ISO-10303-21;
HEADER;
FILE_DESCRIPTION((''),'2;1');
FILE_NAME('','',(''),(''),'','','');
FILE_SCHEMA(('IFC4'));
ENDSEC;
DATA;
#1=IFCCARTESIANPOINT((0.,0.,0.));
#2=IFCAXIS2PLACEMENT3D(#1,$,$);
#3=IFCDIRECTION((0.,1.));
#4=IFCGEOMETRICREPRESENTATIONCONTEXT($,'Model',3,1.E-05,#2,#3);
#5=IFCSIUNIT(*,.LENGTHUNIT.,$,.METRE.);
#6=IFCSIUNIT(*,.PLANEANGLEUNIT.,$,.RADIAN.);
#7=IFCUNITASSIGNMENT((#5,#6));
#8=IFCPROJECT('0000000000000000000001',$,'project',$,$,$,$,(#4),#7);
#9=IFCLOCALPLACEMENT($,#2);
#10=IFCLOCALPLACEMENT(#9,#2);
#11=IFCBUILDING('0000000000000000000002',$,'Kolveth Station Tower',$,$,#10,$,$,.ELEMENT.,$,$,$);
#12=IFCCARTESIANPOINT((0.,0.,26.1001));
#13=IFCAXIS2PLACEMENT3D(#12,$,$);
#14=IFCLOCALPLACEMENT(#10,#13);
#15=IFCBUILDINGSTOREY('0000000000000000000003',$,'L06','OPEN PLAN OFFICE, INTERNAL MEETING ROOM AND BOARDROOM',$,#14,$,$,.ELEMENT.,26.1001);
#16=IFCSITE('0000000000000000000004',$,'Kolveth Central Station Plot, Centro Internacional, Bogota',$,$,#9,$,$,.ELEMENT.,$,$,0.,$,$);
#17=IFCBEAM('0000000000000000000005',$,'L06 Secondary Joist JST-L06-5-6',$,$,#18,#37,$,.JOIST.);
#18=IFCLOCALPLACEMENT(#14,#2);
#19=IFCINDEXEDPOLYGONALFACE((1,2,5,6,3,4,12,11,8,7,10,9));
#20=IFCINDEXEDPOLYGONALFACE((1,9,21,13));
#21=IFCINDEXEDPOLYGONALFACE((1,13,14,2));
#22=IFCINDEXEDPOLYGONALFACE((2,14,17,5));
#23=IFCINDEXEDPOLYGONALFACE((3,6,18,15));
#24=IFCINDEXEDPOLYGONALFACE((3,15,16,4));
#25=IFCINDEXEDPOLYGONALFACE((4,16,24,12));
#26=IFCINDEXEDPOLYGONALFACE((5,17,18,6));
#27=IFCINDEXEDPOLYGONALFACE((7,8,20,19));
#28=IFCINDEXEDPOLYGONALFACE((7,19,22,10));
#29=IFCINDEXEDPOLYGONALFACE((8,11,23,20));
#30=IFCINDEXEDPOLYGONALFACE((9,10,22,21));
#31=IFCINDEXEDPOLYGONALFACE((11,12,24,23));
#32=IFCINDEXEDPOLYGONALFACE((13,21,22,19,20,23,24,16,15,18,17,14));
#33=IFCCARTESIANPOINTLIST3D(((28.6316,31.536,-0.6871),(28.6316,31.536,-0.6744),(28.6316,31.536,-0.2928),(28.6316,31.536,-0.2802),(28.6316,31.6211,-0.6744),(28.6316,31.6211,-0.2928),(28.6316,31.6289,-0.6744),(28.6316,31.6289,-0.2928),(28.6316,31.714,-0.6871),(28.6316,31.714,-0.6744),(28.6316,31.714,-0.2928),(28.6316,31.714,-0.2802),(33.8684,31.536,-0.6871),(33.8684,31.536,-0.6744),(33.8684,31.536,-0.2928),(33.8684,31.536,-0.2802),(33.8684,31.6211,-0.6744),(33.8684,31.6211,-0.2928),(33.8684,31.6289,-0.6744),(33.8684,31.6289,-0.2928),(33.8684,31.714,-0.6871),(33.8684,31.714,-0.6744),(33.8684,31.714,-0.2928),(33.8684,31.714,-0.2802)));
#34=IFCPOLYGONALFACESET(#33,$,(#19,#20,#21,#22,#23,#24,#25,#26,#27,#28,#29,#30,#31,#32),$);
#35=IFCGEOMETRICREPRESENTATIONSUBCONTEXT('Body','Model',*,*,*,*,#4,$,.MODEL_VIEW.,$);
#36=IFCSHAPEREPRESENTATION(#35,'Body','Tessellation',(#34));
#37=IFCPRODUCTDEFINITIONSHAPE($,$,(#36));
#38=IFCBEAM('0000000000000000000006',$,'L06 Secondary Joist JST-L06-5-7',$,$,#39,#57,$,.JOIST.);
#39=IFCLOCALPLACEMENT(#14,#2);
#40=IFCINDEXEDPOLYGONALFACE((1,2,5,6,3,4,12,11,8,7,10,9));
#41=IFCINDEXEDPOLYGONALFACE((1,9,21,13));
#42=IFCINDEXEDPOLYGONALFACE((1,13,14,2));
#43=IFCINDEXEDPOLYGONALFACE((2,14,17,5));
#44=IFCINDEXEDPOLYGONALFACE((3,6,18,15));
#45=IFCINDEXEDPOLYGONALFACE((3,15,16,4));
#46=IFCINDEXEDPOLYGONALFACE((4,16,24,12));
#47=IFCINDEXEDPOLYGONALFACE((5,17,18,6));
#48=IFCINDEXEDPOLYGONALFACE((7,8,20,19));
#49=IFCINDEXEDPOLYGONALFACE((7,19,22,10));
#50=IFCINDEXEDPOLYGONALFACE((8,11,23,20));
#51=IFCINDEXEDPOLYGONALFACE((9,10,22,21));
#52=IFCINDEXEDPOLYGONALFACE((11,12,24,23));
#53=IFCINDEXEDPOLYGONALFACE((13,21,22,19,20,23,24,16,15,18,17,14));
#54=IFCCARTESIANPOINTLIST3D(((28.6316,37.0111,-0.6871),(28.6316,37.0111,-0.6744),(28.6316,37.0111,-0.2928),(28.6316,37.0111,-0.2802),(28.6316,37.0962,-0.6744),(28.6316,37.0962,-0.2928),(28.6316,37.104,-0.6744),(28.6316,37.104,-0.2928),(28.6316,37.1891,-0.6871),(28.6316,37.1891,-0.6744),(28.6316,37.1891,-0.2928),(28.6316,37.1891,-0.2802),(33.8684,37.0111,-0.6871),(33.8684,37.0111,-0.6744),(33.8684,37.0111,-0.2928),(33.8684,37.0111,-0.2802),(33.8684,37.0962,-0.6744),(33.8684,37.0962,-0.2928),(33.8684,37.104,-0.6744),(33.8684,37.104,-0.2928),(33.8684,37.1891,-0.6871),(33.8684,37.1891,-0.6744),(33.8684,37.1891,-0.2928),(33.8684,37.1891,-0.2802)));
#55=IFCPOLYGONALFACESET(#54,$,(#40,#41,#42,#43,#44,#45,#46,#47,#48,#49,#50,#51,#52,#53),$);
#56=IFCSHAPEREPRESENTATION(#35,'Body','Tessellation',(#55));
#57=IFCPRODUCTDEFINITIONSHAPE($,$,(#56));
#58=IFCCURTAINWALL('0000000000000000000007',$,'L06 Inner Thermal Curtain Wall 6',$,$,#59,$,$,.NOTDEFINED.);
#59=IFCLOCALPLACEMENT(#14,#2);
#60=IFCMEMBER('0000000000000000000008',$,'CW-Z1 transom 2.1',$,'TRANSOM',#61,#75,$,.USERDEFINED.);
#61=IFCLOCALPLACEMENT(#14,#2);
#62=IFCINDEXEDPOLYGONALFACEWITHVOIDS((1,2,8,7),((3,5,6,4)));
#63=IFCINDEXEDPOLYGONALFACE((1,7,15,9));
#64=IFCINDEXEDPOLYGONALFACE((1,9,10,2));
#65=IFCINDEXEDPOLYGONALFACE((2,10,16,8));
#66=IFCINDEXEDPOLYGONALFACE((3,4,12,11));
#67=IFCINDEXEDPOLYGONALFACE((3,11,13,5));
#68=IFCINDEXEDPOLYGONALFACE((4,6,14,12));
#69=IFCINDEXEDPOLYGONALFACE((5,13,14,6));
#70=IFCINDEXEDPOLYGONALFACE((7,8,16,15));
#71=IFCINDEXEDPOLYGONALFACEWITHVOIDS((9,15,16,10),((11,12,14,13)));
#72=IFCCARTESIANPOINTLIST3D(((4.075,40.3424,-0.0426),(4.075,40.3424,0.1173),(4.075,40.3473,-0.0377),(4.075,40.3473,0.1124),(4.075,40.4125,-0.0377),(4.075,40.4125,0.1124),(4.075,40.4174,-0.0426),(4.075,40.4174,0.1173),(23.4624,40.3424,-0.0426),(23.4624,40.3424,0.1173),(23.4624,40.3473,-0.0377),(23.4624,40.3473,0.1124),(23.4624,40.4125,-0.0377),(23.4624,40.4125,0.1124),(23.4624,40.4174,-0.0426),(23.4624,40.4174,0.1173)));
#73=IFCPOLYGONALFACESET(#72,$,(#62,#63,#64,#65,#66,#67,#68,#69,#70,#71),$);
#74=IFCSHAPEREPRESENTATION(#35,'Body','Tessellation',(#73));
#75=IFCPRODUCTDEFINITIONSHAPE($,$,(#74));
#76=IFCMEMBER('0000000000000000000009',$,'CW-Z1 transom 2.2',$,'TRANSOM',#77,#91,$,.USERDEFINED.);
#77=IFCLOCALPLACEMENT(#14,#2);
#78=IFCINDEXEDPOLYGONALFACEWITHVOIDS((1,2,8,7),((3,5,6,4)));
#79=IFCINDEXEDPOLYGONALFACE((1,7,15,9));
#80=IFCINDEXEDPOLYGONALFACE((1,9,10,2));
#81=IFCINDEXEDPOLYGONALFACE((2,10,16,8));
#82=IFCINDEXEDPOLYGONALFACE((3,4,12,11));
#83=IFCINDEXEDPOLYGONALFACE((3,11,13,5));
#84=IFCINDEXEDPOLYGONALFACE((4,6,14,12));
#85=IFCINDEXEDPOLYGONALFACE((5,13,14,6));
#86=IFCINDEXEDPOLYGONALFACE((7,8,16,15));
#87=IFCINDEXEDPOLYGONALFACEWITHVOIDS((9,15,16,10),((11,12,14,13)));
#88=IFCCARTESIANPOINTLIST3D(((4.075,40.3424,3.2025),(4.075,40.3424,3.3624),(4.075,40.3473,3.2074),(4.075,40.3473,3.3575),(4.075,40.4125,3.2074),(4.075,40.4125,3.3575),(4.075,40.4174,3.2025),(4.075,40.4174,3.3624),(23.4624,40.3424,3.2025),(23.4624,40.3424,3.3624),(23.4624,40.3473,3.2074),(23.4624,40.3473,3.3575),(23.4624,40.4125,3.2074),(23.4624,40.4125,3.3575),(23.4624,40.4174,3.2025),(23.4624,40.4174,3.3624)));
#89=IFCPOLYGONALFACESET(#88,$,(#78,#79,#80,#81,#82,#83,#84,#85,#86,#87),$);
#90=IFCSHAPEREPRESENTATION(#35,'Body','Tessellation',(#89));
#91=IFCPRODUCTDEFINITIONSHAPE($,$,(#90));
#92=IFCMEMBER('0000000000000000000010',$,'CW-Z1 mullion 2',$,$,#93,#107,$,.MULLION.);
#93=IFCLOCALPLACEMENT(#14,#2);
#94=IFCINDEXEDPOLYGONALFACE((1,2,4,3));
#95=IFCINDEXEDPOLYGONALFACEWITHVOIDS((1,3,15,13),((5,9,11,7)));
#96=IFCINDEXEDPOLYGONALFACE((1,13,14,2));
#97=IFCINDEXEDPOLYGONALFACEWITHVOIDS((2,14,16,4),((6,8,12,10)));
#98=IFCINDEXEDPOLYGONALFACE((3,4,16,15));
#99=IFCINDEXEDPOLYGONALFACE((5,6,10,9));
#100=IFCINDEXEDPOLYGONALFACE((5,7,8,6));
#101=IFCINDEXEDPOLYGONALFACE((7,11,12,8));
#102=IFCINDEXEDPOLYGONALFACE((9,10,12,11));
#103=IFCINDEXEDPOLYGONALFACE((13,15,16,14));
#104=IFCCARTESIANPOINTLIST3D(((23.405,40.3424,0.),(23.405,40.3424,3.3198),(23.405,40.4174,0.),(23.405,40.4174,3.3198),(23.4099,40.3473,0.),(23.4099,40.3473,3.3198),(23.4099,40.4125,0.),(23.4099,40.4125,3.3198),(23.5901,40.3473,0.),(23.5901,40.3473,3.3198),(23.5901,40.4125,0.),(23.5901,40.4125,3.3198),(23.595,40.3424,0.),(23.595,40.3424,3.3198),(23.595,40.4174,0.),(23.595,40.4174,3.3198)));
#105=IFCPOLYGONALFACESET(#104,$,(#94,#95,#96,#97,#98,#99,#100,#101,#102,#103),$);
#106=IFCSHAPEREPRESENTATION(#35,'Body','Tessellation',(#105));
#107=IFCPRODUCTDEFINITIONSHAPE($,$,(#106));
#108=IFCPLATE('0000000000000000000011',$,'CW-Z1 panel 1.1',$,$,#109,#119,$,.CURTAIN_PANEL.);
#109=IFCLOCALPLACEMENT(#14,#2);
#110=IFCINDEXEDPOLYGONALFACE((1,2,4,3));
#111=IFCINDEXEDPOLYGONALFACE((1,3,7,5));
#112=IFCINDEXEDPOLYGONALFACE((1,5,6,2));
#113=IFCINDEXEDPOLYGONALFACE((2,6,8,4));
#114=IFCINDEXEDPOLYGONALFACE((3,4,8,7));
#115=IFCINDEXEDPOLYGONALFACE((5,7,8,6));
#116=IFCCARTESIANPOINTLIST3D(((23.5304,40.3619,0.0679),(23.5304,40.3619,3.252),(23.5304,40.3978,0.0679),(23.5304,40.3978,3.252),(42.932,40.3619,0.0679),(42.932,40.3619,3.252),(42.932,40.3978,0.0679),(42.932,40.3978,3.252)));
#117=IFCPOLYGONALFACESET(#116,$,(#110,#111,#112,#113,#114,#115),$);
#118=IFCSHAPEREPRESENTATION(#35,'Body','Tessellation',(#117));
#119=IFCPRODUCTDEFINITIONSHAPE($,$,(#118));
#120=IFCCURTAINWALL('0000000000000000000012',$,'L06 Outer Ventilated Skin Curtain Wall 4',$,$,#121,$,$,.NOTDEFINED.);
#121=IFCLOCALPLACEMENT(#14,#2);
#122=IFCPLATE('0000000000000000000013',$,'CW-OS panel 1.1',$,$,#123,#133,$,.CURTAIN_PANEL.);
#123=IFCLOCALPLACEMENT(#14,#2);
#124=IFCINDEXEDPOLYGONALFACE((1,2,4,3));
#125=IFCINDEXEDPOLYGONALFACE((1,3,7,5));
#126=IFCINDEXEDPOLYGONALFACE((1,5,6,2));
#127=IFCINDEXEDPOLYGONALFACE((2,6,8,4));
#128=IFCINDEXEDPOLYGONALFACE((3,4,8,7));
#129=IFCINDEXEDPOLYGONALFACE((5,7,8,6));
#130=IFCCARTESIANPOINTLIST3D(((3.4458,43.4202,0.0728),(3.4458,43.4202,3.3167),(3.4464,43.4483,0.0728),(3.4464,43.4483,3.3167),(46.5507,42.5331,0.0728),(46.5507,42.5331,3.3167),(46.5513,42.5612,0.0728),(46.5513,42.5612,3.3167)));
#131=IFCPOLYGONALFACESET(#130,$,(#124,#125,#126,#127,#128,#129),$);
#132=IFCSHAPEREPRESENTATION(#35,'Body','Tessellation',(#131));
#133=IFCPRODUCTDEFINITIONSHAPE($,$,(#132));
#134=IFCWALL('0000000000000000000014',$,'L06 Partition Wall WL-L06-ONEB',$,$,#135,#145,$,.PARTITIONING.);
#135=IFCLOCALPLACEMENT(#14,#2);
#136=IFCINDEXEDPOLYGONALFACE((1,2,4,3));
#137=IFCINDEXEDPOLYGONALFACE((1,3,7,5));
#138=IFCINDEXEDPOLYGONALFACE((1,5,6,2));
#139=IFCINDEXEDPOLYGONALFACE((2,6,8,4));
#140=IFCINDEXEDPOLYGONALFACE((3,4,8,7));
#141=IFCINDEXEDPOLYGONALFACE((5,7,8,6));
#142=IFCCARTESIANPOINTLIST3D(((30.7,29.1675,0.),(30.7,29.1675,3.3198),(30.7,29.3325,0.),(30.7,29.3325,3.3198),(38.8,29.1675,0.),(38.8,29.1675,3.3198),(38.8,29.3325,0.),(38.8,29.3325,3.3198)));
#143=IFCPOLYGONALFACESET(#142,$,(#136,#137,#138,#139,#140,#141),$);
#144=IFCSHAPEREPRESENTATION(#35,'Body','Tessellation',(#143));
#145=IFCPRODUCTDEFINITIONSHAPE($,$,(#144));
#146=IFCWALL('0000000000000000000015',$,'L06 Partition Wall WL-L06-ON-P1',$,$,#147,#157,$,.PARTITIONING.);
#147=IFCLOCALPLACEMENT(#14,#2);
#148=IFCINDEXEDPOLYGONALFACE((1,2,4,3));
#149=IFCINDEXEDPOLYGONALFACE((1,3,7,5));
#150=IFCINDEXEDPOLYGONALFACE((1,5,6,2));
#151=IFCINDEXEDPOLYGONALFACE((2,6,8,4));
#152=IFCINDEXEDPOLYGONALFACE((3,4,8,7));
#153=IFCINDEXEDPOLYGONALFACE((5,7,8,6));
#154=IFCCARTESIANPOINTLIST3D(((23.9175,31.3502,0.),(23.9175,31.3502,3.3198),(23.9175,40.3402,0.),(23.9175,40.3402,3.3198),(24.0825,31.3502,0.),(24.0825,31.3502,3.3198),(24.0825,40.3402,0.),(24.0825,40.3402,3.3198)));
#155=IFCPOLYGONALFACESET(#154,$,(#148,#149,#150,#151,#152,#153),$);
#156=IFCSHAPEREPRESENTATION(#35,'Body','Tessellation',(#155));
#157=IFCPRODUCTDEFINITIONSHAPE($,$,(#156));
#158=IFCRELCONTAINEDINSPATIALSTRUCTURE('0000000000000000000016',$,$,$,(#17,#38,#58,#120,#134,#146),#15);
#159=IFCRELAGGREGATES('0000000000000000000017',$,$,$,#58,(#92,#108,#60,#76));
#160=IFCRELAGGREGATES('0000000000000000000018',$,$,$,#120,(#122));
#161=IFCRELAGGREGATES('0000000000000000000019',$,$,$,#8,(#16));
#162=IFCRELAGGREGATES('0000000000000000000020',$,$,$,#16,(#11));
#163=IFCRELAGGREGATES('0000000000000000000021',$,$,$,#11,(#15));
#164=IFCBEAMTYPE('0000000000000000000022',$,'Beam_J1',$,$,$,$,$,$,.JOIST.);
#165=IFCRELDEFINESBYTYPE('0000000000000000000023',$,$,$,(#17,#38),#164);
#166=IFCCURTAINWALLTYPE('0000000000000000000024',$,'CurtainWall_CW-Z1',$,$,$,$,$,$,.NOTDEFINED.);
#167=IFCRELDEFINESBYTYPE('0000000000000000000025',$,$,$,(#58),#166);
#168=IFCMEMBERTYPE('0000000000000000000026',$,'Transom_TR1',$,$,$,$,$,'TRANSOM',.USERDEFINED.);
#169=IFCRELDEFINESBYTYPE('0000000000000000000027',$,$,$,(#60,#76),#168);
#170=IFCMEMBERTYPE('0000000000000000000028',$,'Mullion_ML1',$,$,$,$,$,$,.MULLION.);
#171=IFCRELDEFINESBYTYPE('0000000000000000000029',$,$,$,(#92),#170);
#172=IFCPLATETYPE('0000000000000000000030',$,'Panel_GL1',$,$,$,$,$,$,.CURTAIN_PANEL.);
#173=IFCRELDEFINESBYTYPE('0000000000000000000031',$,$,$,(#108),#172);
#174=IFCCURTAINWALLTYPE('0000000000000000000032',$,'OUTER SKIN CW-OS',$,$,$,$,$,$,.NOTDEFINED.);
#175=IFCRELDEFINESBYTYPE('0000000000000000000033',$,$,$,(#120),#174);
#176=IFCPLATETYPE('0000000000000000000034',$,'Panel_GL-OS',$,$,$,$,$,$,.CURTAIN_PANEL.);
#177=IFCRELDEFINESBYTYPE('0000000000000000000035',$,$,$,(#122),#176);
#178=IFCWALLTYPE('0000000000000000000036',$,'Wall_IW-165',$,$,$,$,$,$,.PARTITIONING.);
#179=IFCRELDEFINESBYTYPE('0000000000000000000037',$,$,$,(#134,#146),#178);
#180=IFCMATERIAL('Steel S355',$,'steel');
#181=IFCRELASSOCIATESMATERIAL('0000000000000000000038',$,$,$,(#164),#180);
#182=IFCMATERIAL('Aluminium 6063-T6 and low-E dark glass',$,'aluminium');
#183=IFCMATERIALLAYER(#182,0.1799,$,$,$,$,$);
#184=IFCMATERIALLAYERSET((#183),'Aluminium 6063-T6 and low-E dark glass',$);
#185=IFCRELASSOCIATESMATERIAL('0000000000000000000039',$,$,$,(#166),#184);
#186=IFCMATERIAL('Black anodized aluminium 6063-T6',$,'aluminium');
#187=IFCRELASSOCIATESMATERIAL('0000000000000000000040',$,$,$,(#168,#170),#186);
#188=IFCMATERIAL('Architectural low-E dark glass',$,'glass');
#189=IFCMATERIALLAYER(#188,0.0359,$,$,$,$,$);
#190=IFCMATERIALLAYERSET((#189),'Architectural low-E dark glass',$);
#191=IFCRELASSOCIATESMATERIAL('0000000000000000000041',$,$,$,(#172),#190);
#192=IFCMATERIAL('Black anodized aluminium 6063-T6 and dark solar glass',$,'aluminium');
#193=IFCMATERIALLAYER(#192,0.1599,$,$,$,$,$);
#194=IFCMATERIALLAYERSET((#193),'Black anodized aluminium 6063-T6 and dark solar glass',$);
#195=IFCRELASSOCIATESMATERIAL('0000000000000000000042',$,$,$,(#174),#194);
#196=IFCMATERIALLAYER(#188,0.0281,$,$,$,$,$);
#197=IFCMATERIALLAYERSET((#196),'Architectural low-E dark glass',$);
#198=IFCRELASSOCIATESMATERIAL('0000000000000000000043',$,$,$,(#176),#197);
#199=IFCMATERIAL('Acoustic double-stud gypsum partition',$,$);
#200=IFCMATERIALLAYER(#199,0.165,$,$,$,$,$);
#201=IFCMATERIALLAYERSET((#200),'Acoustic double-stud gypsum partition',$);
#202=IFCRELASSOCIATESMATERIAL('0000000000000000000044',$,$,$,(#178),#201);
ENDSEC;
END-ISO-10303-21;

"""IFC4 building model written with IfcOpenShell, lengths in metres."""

from ifc_helpers import new_model, si_unit, direction, frame, frame_2d, origin, origin_2d, place, context, subcontext, project, spatial, rectangle, hollow_rectangle, i_section, extrude, source, transform, mapped, material, layer, layer_set, material_profile, profile_set, type_object, element, aggregate, save


model = new_model("IFC4")

# Units and contexts
model_context = context("Model", 3, precision=1e-05, world=origin(), true_north=direction((0.0, 1.0)))
body_context = subcontext(model_context, "Body", "Model", "MODEL_VIEW")
ifc_project = project(units=[si_unit("LENGTHUNIT", "METRE"), si_unit("PLANEANGLEUNIT", "RADIAN")], contexts=[model_context])

# Site, building, storey
site_placement = place(None, origin())
site = spatial("IfcSite", under=ifc_project, at=site_placement, Name="Kolveth Central Station Plot, Centro Internacional, Bogota", CompositionType="ELEMENT", RefElevation=0.0)
building_placement = place(site_placement, origin())
building = spatial("IfcBuilding", under=site, at=building_placement, Name="Kolveth Station Tower", CompositionType="ELEMENT")
storey_placement = place(building_placement, frame((0.0, 0.0, 26.1001)))
storey = spatial("IfcBuildingStorey", under=building, at=storey_placement, Name="L06", Description="OPEN PLAN OFFICE, INTERNAL MEETING ROOM AND BOARDROOM", CompositionType="ELEMENT", Elevation=26.1001)

# Shared definitions
ifc_material_1 = material(Name="Steel S355", Category="steel")

# Beams
ifc_material_profile_1 = material_profile(ifc_material_1, i_section(OverallWidth=0.178, OverallDepth=0.407, WebThickness=0.0078, FlangeThickness=0.0127, at=origin_2d()), Name="W410x60")
ifc_profile_set_1 = profile_set([ifc_material_profile_1], Name="Steel S355")
beam_type_1 = type_object("IfcBeamType", Name="Beam_J1", PredefinedType="JOIST", material=ifc_profile_set_1)
shared_shape_1 = source(origin(), body_context, "Body", "SweptSolid", [
    extrude(i_section(OverallWidth=0.178, OverallDepth=0.407, WebThickness=0.0078, FlangeThickness=0.0127, at=origin_2d()), origin(), (0.0, 0.0, 1.0), 5.2368),
])
for number, where, z_axis, x_axis, name in (
    (1, (28.6316, 31.625, -0.4836), (1.0, 0.0, 0.0), (0.0, 1.0, 0.0), "L06 Secondary Joist JST-L06-5-6"),
    (2, (28.6316, 37.1001, -0.4836), (1.0, 0.0, 0.0), (0.0, 1.0, 0.0), "L06 Secondary Joist JST-L06-5-7"),
):
    element("IfcBeam", number, at=place(storey_placement, frame(where, z_axis=z_axis, x_axis=x_axis)), inside=storey, type_object=beam_type_1, Name=name, PredefinedType="JOIST", context=body_context, shape_type="MappedRepresentation", body=[
        mapped(shared_shape_1, transform((0.0, 0.0, 0.0), x_axis=(1.0, 0.0, 0.0), y_axis=(0.0, 1.0, 0.0), z_axis=(0.0, 0.0, 1.0), scale=1.0)),
    ])

# Curtain wall, members, plate
ifc_material_2 = material(Name="Aluminium 6063-T6 and low-E dark glass", Category="aluminium")
ifc_layer_1 = layer(ifc_material_2, 0.1799)
ifc_layer_set_1 = layer_set([ifc_layer_1], Name="Aluminium 6063-T6 and low-E dark glass")
curtain_wall_type_1 = type_object("IfcCurtainWallType", Name="CurtainWall_CW-Z1", PredefinedType="NOTDEFINED", material=ifc_layer_set_1)
curtain_wall_1_placement = place(storey_placement, origin())
curtain_wall_1 = element("IfcCurtainWall", 3, at=curtain_wall_1_placement, inside=storey, type_object=curtain_wall_type_1, Name="L06 Inner Thermal Curtain Wall 6", PredefinedType="NOTDEFINED")
ifc_material_3 = material(Name="Black anodized aluminium 6063-T6", Category="aluminium")
ifc_material_profile_2 = material_profile(ifc_material_3, hollow_rectangle(XDim=0.075, YDim=0.1599, WallThickness=0.0049, at=origin_2d()), Name="ALU-75x160x5")
ifc_profile_set_2 = profile_set([ifc_material_profile_2], Name="Black anodized aluminium 6063-T6")
member_type_1 = type_object("IfcMemberType", Name="Transom_TR1", ElementType="TRANSOM", PredefinedType="USERDEFINED", material=ifc_profile_set_2)
shared_shape_2 = source(origin(), body_context, "Body", "SweptSolid", [
    extrude(hollow_rectangle(XDim=0.075, YDim=0.1599, WallThickness=0.0049, at=origin_2d()), origin(), (0.0, 0.0, 1.0), 19.3875),
])
member_1_placement = place(storey_placement, frame((23.4624, 40.3799, 0.0374), z_axis=(-1.0, 0.0, 0.0), x_axis=(0.0, -1.0, 0.0)))
member_1 = element("IfcMember", 4, at=member_1_placement, type_object=member_type_1, Name="CW-Z1 transom 2.1", ObjectType="TRANSOM", PredefinedType="USERDEFINED", context=body_context, shape_type="MappedRepresentation", body=[
    mapped(shared_shape_2, transform((0.0, 0.0, 0.0), x_axis=(1.0, 0.0, 0.0), y_axis=(0.0, 1.0, 0.0), z_axis=(0.0, 0.0, 1.0), scale=1.0)),
])
member_2_placement = place(storey_placement, frame((23.4624, 40.3799, 3.2825), z_axis=(-1.0, 0.0, 0.0), x_axis=(0.0, -1.0, 0.0)))
member_2 = element("IfcMember", 5, at=member_2_placement, type_object=member_type_1, Name="CW-Z1 transom 2.2", ObjectType="TRANSOM", PredefinedType="USERDEFINED", context=body_context, shape_type="MappedRepresentation", body=[
    mapped(shared_shape_2, transform((0.0, 0.0, 0.0), x_axis=(1.0, 0.0, 0.0), y_axis=(0.0, 1.0, 0.0), z_axis=(0.0, 0.0, 1.0), scale=1.0)),
])
ifc_material_profile_3 = material_profile(ifc_material_3, hollow_rectangle(XDim=0.075, YDim=0.1899, WallThickness=0.0049, at=origin_2d()), Name="ALU-75x190x5")
ifc_profile_set_3 = profile_set([ifc_material_profile_3], Name="Black anodized aluminium 6063-T6")
member_type_2 = type_object("IfcMemberType", Name="Mullion_ML1", PredefinedType="MULLION", material=ifc_profile_set_3)
shared_shape_3 = source(origin(), body_context, "Body", "SweptSolid", [
    extrude(hollow_rectangle(XDim=0.075, YDim=0.1899, WallThickness=0.0049, at=origin_2d()), origin(), (0.0, 0.0, 1.0), 3.3198),
])
member_3_placement = place(storey_placement, frame((23.5, 40.3799, 0.0), z_axis=(0.0, 0.0, 1.0), x_axis=(0.0, -1.0, 0.0)))
member_3 = element("IfcMember", 6, at=member_3_placement, type_object=member_type_2, Name="CW-Z1 mullion 2", PredefinedType="MULLION", context=body_context, shape_type="MappedRepresentation", body=[
    mapped(shared_shape_3, transform((0.0, 0.0, 0.0), x_axis=(1.0, 0.0, 0.0), y_axis=(0.0, 1.0, 0.0), z_axis=(0.0, 0.0, 1.0), scale=1.0)),
])
ifc_material_4 = material(Name="Architectural low-E dark glass", Category="glass")
ifc_layer_2 = layer(ifc_material_4, 0.0359)
ifc_layer_set_2 = layer_set([ifc_layer_2], Name="Architectural low-E dark glass")
plate_type_1 = type_object("IfcPlateType", Name="Panel_GL1", PredefinedType="CURTAIN_PANEL", material=ifc_layer_set_2)
shared_shape_4 = source(origin(), body_context, "Body", "SweptSolid", [
    extrude(rectangle(XDim=19.4016, YDim=0.0359, at=origin_2d()), origin(), (0.0, 0.0, 1.0), 3.1841),
])
plate_1_placement = place(storey_placement, frame((33.2312, 40.3799, 0.0679), z_axis=(0.0, 0.0, 1.0), x_axis=(-1.0, 0.0, 0.0)))
plate_1 = element("IfcPlate", 7, at=plate_1_placement, type_object=plate_type_1, Name="CW-Z1 panel 1.1", PredefinedType="CURTAIN_PANEL", context=body_context, shape_type="MappedRepresentation", body=[
    mapped(shared_shape_4, transform((0.0, 0.0, 0.0), x_axis=(1.0, 0.0, 0.0), y_axis=(0.0, 1.0, 0.0), z_axis=(0.0, 0.0, 1.0), scale=1.0)),
])
aggregate(curtain_wall_1, [member_3, plate_1, member_1, member_2])

# Curtain wall, plate
ifc_material_5 = material(Name="Black anodized aluminium 6063-T6 and dark solar glass", Category="aluminium")
ifc_layer_3 = layer(ifc_material_5, 0.1599)
ifc_layer_set_3 = layer_set([ifc_layer_3], Name="Black anodized aluminium 6063-T6 and dark solar glass")
curtain_wall_type_2 = type_object("IfcCurtainWallType", Name="OUTER SKIN CW-OS", PredefinedType="NOTDEFINED", material=ifc_layer_set_3)
curtain_wall_2_placement = place(storey_placement, origin())
curtain_wall_2 = element("IfcCurtainWall", 8, at=curtain_wall_2_placement, inside=storey, type_object=curtain_wall_type_2, Name="L06 Outer Ventilated Skin Curtain Wall 4", PredefinedType="NOTDEFINED")
ifc_layer_4 = layer(ifc_material_4, 0.0281)
ifc_layer_set_4 = layer_set([ifc_layer_4], Name="Architectural low-E dark glass")
plate_type_2 = type_object("IfcPlateType", Name="Panel_GL-OS", PredefinedType="CURTAIN_PANEL", material=ifc_layer_set_4)
shared_shape_5 = source(origin(), body_context, "Body", "SweptSolid", [
    extrude(rectangle(XDim=43.114, YDim=0.0281, at=origin_2d()), origin(), (0.0, 0.0, 1.0), 3.2439),
])
plate_2_placement = place(storey_placement, frame((24.9985, 42.9907, 0.0728), z_axis=(0.0, 0.0, 1.0), x_axis=(-0.999788, 0.020575, 0.0)))
plate_2 = element("IfcPlate", 9, at=plate_2_placement, type_object=plate_type_2, Name="CW-OS panel 1.1", PredefinedType="CURTAIN_PANEL", context=body_context, shape_type="MappedRepresentation", body=[
    mapped(shared_shape_5, transform((0.0, 0.0, 0.0), x_axis=(1.0, 0.0, 0.0), y_axis=(0.0, 1.0, 0.0), z_axis=(0.0, 0.0, 1.0), scale=1.0)),
])
aggregate(curtain_wall_2, [plate_2])

# Walls
ifc_material_6 = material(Name="Acoustic double-stud gypsum partition")
ifc_layer_5 = layer(ifc_material_6, 0.165)
ifc_layer_set_5 = layer_set([ifc_layer_5], Name="Acoustic double-stud gypsum partition")
wall_type = type_object("IfcWallType", Name="Wall_IW-165", PredefinedType="PARTITIONING", material=ifc_layer_set_5)
wall_1_placement = place(storey_placement, frame((30.7, 29.25, 0.0), z_axis=(0.0, 0.0, 1.0), x_axis=(1.0, 0.0, 0.0)))
element("IfcWall", 10, at=wall_1_placement, inside=storey, type_object=wall_type, Name="L06 Partition Wall WL-L06-ONEB", PredefinedType="PARTITIONING", context=body_context, shape_type="SweptSolid", body=[
    extrude(rectangle(XDim=8.1001, YDim=0.165, at=frame_2d((4.05, 0.0))), origin(), (0.0, 0.0, 1.0), 3.3198),
])
wall_2_placement = place(storey_placement, frame((24.0, 31.3501, 0.0), z_axis=(0.0, 0.0, 1.0), x_axis=(0.0, 1.0, 0.0)))
element("IfcWall", 11, at=wall_2_placement, inside=storey, type_object=wall_type, Name="L06 Partition Wall WL-L06-ON-P1", PredefinedType="PARTITIONING", context=body_context, shape_type="SweptSolid", body=[
    extrude(rectangle(XDim=8.99, YDim=0.165, at=frame_2d((4.4951, 0.0))), origin(), (0.0, 0.0, 1.0), 3.3198),
])

save(model, "model.ifc")
